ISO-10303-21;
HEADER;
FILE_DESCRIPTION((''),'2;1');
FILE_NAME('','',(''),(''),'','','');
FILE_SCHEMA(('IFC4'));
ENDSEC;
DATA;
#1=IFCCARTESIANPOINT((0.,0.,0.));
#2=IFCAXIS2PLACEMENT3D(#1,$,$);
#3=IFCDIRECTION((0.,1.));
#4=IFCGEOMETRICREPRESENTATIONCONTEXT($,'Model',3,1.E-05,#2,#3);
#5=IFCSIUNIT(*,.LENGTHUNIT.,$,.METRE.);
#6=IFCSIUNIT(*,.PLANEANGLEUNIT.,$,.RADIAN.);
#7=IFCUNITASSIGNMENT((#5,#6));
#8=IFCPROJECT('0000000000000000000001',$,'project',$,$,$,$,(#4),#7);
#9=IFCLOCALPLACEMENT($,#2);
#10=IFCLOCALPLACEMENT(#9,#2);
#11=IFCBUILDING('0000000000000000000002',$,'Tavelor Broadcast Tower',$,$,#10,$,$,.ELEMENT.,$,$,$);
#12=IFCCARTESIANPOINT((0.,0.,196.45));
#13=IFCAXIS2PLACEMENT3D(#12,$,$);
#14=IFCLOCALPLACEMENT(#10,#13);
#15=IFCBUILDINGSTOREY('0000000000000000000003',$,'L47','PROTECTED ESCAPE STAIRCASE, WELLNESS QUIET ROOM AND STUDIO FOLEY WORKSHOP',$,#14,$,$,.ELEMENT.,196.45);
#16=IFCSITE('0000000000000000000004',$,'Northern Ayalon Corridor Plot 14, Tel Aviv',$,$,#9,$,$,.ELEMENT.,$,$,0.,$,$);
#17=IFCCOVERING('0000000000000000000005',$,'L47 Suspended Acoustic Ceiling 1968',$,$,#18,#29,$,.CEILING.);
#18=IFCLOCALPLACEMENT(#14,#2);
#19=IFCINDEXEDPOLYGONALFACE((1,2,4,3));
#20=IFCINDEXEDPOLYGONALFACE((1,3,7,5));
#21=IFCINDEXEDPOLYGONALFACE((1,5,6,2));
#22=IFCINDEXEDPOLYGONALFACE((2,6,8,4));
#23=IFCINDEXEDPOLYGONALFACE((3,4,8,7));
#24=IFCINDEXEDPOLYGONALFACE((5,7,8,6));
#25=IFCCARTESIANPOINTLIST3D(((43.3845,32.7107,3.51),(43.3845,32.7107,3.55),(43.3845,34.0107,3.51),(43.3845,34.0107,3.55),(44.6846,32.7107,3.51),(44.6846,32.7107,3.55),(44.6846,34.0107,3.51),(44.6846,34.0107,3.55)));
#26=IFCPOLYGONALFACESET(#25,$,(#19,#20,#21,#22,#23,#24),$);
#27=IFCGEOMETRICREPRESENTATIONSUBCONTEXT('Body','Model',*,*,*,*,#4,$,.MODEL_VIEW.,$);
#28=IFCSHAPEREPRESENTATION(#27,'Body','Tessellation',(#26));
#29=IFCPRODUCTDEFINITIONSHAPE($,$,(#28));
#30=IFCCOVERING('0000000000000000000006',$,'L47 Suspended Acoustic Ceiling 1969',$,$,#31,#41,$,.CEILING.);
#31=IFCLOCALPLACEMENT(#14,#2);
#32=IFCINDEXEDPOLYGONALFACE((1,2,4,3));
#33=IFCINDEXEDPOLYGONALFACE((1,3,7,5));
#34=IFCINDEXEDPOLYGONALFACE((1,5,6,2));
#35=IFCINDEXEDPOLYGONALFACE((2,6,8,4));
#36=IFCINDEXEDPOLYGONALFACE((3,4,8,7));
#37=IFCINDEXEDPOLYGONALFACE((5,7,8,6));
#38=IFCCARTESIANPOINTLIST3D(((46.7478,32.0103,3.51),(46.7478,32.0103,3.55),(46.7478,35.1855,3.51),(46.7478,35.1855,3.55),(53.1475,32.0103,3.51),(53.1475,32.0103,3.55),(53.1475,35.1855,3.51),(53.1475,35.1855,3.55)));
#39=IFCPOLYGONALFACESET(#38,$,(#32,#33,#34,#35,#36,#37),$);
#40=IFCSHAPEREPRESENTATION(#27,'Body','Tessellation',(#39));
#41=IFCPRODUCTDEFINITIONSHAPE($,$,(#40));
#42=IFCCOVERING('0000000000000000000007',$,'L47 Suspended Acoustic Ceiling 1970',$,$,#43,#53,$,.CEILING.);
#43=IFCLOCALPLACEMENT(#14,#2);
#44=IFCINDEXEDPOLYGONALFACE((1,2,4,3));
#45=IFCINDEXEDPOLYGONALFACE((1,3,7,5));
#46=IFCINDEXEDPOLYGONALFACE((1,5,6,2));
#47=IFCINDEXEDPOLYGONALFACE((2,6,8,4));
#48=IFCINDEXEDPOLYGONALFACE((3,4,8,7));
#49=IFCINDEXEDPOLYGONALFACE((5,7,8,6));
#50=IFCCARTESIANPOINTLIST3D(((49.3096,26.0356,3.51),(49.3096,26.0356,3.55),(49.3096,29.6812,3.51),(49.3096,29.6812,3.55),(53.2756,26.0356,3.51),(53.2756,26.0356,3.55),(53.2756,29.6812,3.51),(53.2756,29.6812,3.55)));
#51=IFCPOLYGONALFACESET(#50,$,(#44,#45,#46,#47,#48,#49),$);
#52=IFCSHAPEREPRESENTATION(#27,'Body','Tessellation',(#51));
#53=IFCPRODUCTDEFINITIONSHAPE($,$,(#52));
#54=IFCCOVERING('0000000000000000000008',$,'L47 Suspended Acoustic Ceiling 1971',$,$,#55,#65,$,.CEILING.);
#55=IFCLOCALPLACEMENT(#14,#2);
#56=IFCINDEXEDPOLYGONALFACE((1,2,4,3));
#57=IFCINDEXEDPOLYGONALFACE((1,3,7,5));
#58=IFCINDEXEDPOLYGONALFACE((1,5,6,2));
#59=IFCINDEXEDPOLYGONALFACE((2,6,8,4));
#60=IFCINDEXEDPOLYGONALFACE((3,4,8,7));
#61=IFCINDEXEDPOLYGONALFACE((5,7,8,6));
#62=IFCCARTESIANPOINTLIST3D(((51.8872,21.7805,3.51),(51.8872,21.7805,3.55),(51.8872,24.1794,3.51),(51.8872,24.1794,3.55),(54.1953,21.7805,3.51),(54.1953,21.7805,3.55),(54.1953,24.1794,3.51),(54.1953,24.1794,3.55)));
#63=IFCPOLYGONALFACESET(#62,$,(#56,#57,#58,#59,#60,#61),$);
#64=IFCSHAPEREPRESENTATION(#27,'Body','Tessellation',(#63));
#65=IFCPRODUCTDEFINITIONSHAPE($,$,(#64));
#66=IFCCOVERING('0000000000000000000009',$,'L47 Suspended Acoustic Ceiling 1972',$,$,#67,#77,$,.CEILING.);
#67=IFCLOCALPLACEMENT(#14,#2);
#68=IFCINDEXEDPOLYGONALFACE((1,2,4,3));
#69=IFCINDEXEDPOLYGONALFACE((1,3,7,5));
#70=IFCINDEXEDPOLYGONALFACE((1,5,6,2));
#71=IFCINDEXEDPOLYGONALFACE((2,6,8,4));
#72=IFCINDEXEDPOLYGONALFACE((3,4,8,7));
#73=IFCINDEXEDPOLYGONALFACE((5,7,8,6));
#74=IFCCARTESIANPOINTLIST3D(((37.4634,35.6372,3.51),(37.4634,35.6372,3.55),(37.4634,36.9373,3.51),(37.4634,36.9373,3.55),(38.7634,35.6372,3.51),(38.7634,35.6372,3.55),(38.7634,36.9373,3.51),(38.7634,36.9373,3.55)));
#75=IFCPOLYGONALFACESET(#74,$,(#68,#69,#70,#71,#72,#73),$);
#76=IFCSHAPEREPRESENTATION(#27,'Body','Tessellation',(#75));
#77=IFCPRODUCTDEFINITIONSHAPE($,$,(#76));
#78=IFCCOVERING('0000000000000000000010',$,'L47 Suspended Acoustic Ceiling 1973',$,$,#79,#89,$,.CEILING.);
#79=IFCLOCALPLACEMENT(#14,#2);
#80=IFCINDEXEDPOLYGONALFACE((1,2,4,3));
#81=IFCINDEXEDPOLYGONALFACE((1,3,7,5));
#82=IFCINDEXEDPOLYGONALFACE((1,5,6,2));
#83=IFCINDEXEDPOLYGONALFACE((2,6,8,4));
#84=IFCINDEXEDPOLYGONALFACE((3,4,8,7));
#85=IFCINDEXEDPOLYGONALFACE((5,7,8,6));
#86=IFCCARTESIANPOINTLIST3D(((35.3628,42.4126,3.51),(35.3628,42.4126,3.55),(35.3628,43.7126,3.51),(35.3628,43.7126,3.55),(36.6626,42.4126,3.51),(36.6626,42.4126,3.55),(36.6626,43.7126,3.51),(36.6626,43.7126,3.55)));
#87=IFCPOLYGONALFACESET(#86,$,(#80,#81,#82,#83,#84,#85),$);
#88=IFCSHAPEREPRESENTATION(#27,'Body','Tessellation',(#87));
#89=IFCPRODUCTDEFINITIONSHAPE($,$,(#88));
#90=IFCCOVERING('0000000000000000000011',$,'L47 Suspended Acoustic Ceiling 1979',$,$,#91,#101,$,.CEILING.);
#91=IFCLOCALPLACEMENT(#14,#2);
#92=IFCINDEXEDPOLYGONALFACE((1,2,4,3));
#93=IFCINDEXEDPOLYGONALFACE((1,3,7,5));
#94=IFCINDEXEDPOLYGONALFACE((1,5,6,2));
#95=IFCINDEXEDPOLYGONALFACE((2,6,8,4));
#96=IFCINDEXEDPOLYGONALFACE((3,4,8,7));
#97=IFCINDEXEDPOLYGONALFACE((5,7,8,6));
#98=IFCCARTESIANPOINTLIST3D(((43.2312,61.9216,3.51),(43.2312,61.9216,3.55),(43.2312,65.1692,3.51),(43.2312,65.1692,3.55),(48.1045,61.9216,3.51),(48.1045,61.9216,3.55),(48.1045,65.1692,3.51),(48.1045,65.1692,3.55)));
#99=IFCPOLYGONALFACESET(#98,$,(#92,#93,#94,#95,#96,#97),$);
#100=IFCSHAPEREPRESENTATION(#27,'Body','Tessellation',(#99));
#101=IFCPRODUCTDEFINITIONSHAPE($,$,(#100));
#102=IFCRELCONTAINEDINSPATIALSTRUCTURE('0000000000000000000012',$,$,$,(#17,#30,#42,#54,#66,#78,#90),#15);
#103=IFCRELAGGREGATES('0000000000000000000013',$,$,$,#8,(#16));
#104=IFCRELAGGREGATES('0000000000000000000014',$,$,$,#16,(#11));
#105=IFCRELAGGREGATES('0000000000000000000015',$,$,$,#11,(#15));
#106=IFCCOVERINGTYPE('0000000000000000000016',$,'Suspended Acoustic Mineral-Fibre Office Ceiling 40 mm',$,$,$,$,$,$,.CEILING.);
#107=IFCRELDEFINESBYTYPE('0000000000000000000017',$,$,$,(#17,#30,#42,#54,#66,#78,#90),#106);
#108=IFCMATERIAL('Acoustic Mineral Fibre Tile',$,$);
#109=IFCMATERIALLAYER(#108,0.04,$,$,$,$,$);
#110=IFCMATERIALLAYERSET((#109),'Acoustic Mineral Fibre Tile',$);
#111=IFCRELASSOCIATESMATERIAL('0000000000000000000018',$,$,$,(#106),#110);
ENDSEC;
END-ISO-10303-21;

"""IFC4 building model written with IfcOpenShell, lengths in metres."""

from ifc_helpers import new_model, si_unit, direction, frame, origin, place, context, subcontext, project, spatial, polyline, outline, extrude, material, layer, layer_set, type_object, element, save


model = new_model("IFC4")

# Units and contexts
model_context = context("Model", 3, precision=1e-05, world=origin(), true_north=direction((0.0, 1.0)))
body_context = subcontext(model_context, "Body", "Model", "MODEL_VIEW")
ifc_project = project(units=[si_unit("LENGTHUNIT", "METRE"), si_unit("PLANEANGLEUNIT", "RADIAN")], contexts=[model_context])

# Site, building, storey
site_placement = place(None, origin())
site = spatial("IfcSite", under=ifc_project, at=site_placement, Name="Northern Ayalon Corridor Plot 14, Tel Aviv", CompositionType="ELEMENT", RefElevation=0.0)
building_placement = place(site_placement, origin())
building = spatial("IfcBuilding", under=site, at=building_placement, Name="Tavelor Broadcast Tower", CompositionType="ELEMENT")
storey_placement = place(building_placement, frame((0.0, 0.0, 196.45)))
storey = spatial("IfcBuildingStorey", under=building, at=storey_placement, Name="L47", Description="PROTECTED ESCAPE STAIRCASE, WELLNESS QUIET ROOM AND STUDIO FOLEY WORKSHOP", CompositionType="ELEMENT", Elevation=196.45)

# Coverings
ifc_material_1 = material(Name="Acoustic Mineral Fibre Tile")
ifc_layer_1 = layer(ifc_material_1, 0.04)
ifc_layer_set_1 = layer_set([ifc_layer_1], Name="Acoustic Mineral Fibre Tile")
covering_type_1 = type_object("IfcCoveringType", Name="Suspended Acoustic Mineral-Fibre Office Ceiling 40 mm", PredefinedType="CEILING", material=ifc_layer_set_1)
covering_1_placement = place(storey_placement, frame((0.0, 0.0, 3.51)))
element("IfcCovering", 1, at=covering_1_placement, inside=storey, type_object=covering_type_1, Name="L47 Suspended Acoustic Ceiling 1968", PredefinedType="CEILING", context=body_context, shape_type="SweptSolid", body=[
    extrude(outline(polyline([(43.3845, 32.7107), (44.6846, 32.7107), (44.6846, 34.0107), (43.3845, 34.0107), (43.3845, 32.7107)])), origin(), (0.0, 0.0, 1.0), 0.04),
])
covering_2_placement = place(storey_placement, frame((0.0, 0.0, 3.51)))
element("IfcCovering", 2, at=covering_2_placement, inside=storey, type_object=covering_type_1, Name="L47 Suspended Acoustic Ceiling 1969", PredefinedType="CEILING", context=body_context, shape_type="SweptSolid", body=[
    extrude(outline(polyline([(46.7478, 32.0103), (53.1475, 32.0103), (53.1475, 35.1855), (46.7478, 35.1855), (46.7478, 32.0103)])), origin(), (0.0, 0.0, 1.0), 0.04),
])
covering_3_placement = place(storey_placement, frame((0.0, 0.0, 3.51)))
element("IfcCovering", 3, at=covering_3_placement, inside=storey, type_object=covering_type_1, Name="L47 Suspended Acoustic Ceiling 1970", PredefinedType="CEILING", context=body_context, shape_type="SweptSolid", body=[
    extrude(outline(polyline([(49.3096, 26.0356), (53.2756, 26.0356), (53.2756, 29.6812), (49.3096, 29.6812), (49.3096, 26.0356)])), origin(), (0.0, 0.0, 1.0), 0.04),
])
covering_4_placement = place(storey_placement, frame((0.0, 0.0, 3.51)))
element("IfcCovering", 4, at=covering_4_placement, inside=storey, type_object=covering_type_1, Name="L47 Suspended Acoustic Ceiling 1971", PredefinedType="CEILING", context=body_context, shape_type="SweptSolid", body=[
    extrude(outline(polyline([(51.8872, 21.7805), (54.1953, 21.7805), (54.1953, 24.1794), (51.8872, 24.1794), (51.8872, 21.7805)])), origin(), (0.0, 0.0, 1.0), 0.04),
])
covering_5_placement = place(storey_placement, frame((0.0, 0.0, 3.51)))
element("IfcCovering", 5, at=covering_5_placement, inside=storey, type_object=covering_type_1, Name="L47 Suspended Acoustic Ceiling 1972", PredefinedType="CEILING", context=body_context, shape_type="SweptSolid", body=[
    extrude(outline(polyline([(37.4634, 35.6372), (38.7634, 35.6372), (38.7634, 36.9373), (37.4634, 36.9373), (37.4634, 35.6372)])), origin(), (0.0, 0.0, 1.0), 0.04),
])
covering_6_placement = place(storey_placement, frame((0.0, 0.0, 3.51)))
element("IfcCovering", 6, at=covering_6_placement, inside=storey, type_object=covering_type_1, Name="L47 Suspended Acoustic Ceiling 1973", PredefinedType="CEILING", context=body_context, shape_type="SweptSolid", body=[
    extrude(outline(polyline([(35.3628, 42.4126), (36.6626, 42.4126), (36.6626, 43.7126), (35.3628, 43.7126), (35.3628, 42.4126)])), origin(), (0.0, 0.0, 1.0), 0.04),
])
covering_7_placement = place(storey_placement, frame((0.0, 0.0, 3.51)))
element("IfcCovering", 7, at=covering_7_placement, inside=storey, type_object=covering_type_1, Name="L47 Suspended Acoustic Ceiling 1979", PredefinedType="CEILING", context=body_context, shape_type="SweptSolid", body=[
    extrude(outline(polyline([(43.2312, 61.9216), (48.1045, 61.9216), (48.1045, 65.1692), (43.2312, 65.1692), (43.2312, 61.9216)])), origin(), (0.0, 0.0, 1.0), 0.04),
])

save(model, "model.ifc")
